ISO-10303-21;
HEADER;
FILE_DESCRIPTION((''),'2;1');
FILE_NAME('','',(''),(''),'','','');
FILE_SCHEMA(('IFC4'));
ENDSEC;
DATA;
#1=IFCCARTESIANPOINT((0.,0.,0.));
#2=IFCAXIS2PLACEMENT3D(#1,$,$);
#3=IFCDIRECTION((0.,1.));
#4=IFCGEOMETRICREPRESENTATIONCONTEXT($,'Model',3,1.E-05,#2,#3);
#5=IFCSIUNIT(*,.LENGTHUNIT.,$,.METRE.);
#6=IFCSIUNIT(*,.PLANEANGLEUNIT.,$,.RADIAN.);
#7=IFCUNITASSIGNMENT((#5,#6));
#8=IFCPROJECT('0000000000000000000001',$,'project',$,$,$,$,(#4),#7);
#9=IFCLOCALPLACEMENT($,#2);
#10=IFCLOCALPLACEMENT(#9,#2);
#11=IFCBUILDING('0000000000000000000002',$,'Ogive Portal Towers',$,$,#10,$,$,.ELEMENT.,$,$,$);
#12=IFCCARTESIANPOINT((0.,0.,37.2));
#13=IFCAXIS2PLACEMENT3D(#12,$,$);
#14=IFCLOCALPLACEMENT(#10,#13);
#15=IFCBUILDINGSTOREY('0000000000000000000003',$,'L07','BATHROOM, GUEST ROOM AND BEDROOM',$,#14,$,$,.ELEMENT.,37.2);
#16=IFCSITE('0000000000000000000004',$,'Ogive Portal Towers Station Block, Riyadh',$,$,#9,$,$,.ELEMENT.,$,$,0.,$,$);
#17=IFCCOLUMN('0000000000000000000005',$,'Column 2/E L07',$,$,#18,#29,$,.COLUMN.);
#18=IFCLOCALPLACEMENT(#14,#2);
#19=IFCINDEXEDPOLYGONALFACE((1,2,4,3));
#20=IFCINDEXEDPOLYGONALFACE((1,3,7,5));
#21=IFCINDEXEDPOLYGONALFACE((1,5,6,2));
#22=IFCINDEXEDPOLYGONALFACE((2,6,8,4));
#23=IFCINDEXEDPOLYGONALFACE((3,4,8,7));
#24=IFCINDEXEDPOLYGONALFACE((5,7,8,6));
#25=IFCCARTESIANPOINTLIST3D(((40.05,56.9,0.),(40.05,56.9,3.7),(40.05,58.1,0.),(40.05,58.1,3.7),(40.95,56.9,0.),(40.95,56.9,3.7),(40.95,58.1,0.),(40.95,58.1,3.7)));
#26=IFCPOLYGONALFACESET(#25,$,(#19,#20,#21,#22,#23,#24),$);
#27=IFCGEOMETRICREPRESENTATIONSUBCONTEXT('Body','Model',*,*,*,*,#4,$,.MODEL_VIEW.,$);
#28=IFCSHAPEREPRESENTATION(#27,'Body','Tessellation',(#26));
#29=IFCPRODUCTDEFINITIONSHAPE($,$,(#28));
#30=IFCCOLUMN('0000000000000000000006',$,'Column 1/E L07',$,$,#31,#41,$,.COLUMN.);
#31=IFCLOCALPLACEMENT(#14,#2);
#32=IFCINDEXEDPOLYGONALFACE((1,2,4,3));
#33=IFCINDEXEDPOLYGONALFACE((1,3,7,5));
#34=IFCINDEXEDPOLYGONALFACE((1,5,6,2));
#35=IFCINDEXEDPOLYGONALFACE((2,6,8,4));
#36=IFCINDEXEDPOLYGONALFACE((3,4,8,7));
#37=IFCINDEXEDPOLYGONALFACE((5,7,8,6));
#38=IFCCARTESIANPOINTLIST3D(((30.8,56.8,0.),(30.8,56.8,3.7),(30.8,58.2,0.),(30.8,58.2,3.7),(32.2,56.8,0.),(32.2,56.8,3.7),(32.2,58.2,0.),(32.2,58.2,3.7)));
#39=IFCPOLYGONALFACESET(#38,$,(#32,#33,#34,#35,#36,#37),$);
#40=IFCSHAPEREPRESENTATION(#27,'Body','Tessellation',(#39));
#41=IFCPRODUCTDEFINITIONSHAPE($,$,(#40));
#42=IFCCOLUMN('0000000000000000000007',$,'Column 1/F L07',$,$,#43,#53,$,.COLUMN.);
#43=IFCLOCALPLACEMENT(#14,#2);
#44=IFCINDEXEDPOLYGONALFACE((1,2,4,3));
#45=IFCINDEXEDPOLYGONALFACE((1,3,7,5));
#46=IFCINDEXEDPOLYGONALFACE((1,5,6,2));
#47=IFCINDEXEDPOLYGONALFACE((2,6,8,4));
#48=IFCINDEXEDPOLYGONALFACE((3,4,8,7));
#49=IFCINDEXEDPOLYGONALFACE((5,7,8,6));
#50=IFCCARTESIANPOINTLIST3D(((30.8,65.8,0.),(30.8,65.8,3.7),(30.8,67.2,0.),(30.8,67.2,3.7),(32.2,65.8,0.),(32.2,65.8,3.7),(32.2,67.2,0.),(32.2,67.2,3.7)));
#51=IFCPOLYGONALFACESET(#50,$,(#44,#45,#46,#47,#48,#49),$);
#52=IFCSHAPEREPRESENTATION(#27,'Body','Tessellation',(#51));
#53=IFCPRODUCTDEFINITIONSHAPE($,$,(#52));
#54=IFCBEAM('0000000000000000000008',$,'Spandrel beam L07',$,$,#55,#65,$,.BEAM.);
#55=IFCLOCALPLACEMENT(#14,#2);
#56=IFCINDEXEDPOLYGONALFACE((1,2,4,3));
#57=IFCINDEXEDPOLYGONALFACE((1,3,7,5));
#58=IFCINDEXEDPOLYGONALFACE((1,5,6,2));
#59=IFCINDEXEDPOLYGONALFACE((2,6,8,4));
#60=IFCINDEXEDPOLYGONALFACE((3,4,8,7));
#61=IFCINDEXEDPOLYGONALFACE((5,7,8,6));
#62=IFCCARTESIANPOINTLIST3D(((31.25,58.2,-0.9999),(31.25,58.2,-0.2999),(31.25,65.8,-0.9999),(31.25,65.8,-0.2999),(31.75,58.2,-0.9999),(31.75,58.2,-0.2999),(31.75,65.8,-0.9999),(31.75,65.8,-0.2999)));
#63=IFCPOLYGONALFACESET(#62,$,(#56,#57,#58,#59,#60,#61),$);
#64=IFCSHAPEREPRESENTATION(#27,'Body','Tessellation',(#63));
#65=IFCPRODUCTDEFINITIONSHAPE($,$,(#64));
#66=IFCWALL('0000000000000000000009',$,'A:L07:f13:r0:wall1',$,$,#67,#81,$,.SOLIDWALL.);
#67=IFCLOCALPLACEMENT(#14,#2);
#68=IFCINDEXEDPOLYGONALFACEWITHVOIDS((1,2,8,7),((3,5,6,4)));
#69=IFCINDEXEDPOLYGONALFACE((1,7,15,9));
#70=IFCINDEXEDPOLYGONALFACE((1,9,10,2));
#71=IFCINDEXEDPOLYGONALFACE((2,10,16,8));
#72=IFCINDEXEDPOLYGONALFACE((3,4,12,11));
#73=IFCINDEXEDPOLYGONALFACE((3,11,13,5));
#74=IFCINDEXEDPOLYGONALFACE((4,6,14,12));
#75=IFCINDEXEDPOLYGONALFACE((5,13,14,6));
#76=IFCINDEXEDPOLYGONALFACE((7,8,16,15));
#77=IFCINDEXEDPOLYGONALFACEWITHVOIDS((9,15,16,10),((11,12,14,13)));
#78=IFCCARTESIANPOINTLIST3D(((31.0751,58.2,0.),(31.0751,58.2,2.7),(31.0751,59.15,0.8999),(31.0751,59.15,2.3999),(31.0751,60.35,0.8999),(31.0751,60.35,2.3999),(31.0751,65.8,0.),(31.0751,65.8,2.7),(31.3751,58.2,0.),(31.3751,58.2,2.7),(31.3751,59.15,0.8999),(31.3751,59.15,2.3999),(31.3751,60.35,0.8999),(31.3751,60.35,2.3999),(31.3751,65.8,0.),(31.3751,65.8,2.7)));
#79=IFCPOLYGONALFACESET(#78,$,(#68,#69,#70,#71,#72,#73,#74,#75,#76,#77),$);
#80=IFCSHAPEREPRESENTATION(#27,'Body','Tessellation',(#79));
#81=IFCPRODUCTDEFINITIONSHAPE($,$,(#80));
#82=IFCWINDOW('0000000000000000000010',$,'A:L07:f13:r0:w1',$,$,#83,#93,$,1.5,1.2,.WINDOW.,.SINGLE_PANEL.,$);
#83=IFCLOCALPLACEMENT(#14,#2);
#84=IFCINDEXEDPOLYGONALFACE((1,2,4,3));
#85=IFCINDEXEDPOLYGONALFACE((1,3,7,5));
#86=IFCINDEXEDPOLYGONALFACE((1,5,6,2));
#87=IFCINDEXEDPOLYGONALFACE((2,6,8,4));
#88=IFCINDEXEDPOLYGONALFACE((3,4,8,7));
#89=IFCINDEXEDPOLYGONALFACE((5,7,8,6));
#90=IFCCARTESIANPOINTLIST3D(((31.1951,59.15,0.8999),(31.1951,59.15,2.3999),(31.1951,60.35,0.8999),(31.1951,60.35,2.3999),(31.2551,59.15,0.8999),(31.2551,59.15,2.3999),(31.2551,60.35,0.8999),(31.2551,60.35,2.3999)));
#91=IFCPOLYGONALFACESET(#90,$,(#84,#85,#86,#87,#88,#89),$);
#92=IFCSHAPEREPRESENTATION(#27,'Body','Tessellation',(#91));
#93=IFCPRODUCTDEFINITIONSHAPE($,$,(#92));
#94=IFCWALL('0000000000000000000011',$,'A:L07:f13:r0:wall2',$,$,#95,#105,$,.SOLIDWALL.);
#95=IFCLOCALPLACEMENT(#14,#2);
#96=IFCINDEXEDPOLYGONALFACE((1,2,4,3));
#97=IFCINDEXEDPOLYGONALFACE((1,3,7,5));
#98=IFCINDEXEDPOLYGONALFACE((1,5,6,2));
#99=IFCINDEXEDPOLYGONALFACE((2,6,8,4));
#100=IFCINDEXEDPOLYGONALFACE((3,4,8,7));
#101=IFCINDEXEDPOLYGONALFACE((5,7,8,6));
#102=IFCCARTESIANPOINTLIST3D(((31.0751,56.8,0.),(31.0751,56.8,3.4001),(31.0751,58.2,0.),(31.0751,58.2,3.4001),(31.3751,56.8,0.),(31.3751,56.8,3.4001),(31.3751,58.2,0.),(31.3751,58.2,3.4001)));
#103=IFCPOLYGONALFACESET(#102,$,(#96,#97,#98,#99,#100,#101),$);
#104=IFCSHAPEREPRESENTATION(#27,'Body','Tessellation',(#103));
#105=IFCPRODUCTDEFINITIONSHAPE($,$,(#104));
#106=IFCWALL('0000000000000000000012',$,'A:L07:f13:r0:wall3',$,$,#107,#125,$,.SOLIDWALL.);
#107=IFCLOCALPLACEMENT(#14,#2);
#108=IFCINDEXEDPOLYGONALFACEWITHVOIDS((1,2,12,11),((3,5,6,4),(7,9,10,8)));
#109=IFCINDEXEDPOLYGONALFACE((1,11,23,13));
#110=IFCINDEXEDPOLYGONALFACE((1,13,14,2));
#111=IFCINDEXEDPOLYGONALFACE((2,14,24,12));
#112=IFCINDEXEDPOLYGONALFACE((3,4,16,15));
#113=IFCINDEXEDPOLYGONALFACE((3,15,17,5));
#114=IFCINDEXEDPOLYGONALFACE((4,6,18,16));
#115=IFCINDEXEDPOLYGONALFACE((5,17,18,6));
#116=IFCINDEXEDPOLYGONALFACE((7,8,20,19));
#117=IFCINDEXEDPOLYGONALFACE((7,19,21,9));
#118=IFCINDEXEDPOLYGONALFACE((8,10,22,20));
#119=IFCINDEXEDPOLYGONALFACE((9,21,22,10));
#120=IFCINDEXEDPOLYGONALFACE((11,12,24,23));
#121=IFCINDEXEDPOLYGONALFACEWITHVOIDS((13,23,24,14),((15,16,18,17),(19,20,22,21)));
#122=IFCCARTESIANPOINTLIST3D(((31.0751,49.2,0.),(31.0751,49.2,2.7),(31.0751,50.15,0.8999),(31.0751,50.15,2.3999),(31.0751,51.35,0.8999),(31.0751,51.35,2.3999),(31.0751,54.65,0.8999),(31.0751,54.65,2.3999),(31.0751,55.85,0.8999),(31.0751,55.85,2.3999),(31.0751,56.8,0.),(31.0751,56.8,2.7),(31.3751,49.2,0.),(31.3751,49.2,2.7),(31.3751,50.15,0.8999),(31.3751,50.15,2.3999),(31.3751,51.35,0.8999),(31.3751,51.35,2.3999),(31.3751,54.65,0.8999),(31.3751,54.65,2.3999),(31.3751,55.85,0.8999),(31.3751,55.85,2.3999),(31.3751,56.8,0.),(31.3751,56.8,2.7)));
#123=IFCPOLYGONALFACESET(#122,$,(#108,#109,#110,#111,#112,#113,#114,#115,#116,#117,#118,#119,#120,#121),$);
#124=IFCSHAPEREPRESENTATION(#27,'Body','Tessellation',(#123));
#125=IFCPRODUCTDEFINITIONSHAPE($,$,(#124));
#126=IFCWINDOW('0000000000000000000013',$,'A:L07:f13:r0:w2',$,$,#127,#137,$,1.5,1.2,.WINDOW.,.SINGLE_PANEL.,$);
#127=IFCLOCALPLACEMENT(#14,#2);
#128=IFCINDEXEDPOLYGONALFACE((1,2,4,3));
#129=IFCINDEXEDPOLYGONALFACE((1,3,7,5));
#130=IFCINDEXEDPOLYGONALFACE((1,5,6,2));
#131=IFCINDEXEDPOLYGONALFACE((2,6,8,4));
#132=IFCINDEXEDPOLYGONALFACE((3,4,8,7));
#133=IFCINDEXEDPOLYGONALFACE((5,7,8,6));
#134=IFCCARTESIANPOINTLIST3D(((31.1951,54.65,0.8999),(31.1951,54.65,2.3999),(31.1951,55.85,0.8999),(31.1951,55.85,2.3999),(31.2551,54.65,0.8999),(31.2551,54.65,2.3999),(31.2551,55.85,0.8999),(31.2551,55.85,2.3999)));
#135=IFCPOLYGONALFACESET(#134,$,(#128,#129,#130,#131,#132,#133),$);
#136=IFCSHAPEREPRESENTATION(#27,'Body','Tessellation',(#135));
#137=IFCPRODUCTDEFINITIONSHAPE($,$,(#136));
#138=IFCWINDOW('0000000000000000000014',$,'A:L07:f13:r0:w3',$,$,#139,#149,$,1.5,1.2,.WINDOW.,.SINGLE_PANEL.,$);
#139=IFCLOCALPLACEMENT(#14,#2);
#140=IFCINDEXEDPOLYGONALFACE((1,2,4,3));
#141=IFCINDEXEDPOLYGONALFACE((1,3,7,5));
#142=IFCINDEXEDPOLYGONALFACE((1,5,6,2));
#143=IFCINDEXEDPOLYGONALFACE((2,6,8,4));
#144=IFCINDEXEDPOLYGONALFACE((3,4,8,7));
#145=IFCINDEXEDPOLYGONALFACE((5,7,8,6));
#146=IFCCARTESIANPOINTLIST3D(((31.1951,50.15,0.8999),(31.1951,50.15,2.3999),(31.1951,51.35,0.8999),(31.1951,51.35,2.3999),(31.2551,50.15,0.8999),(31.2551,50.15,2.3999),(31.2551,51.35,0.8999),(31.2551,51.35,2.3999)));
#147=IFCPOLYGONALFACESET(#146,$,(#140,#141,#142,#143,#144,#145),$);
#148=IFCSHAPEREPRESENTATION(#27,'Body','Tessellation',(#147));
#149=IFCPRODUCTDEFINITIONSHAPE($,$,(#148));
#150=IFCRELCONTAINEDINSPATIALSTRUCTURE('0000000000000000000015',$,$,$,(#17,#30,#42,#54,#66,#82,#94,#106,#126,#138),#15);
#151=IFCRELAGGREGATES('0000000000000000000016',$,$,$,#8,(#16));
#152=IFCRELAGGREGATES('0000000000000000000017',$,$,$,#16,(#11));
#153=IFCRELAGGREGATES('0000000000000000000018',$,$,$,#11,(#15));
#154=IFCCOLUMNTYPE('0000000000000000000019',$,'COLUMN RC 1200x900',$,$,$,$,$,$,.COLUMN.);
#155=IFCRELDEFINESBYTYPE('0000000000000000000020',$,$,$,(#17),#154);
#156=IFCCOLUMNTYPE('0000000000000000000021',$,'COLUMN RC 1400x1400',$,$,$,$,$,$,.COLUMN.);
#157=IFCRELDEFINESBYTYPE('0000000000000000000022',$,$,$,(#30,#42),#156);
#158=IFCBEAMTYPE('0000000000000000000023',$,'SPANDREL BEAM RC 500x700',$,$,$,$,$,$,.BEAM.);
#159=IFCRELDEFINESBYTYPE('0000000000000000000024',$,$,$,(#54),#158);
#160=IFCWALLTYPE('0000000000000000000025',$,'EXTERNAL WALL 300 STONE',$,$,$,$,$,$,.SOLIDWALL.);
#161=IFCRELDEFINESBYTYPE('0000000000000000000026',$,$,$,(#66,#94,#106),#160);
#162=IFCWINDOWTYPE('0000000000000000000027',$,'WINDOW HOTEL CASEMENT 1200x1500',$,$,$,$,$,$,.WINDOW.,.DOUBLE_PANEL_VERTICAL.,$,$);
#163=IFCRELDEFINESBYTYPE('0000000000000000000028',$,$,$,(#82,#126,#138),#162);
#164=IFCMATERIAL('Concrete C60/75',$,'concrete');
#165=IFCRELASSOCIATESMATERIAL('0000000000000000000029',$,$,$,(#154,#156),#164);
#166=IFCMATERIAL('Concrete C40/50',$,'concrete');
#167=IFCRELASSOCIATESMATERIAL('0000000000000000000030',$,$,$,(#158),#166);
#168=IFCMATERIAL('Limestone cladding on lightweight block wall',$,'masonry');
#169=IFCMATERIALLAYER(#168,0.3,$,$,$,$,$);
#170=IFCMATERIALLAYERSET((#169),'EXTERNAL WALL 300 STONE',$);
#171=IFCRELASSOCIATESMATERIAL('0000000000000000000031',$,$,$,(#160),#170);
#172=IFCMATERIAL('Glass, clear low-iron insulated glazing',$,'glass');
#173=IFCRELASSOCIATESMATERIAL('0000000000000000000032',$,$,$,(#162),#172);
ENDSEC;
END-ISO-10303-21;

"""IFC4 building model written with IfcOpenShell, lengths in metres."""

from ifc_helpers import new_model, si_unit, direction, frame, frame_2d, origin, origin_2d, place, context, subcontext, project, spatial, rectangle, extrude, material, layer, layer_set, material_profile, profile_set, type_object, element, fill, save


model = new_model("IFC4")

# Units and contexts
model_context = context("Model", 3, precision=1e-05, world=origin(), true_north=direction((0.0, 1.0)))
body_context = subcontext(model_context, "Body", "Model", "MODEL_VIEW")
ifc_project = project(units=[si_unit("LENGTHUNIT", "METRE"), si_unit("PLANEANGLEUNIT", "RADIAN")], contexts=[model_context])

# Site, building, storey
site_placement = place(None, origin())
site = spatial("IfcSite", under=ifc_project, at=site_placement, Name="Ogive Portal Towers Station Block, Riyadh", CompositionType="ELEMENT", RefElevation=0.0)
building_placement = place(site_placement, origin())
building = spatial("IfcBuilding", under=site, at=building_placement, Name="Ogive Portal Towers", CompositionType="ELEMENT")
storey_placement = place(building_placement, frame((0.0, 0.0, 37.2)))
storey = spatial("IfcBuildingStorey", under=building, at=storey_placement, Name="L07", Description="BATHROOM, GUEST ROOM AND BEDROOM", CompositionType="ELEMENT", Elevation=37.2)

# Columns
ifc_material_1 = material(Name="Concrete C60/75", Category="concrete")
ifc_material_profile_1 = material_profile(ifc_material_1, rectangle(XDim=1.2, YDim=0.8999, at=origin_2d()), Name="RC 1200x900")
ifc_profile_set_1 = profile_set([ifc_material_profile_1], Name="Concrete C60/75")
column_type_1 = type_object("IfcColumnType", Name="COLUMN RC 1200x900", PredefinedType="COLUMN", material=ifc_profile_set_1)
column_placement = place(storey_placement, frame((40.5, 57.5, 0.0), z_axis=(0.0, 0.0, 1.0), x_axis=(0.0, 1.0, 0.0)))
element("IfcColumn", 1, at=column_placement, inside=storey, type_object=column_type_1, Name="Column 2/E L07", PredefinedType="COLUMN", context=body_context, shape_type="SweptSolid", body=[
    extrude(rectangle(XDim=1.2, YDim=0.8999, at=origin_2d()), origin(), (0.0, 0.0, 1.0), 3.7),
])
ifc_material_profile_2 = material_profile(ifc_material_1, rectangle(XDim=1.3999, YDim=1.3999, at=origin_2d()), Name="RC 1400x1400")
ifc_profile_set_2 = profile_set([ifc_material_profile_2], Name="Concrete C60/75")
column_type_2 = type_object("IfcColumnType", Name="COLUMN RC 1400x1400", PredefinedType="COLUMN", material=ifc_profile_set_2)
for number, where, z_axis, x_axis, name in (
    (2, (31.5, 57.5, 0.0), (0.0, 0.0, 1.0), (1.0, 0.0, 0.0), "Column 1/E L07"),
    (3, (31.5, 66.5, 0.0), (0.0, 0.0, 1.0), (1.0, 0.0, 0.0), "Column 1/F L07"),
):
    element("IfcColumn", number, at=place(storey_placement, frame(where, z_axis=z_axis, x_axis=x_axis)), inside=storey, type_object=column_type_2, Name=name, PredefinedType="COLUMN", context=body_context, shape_type="SweptSolid", body=[
        extrude(rectangle(XDim=1.3999, YDim=1.3999, at=origin_2d()), origin(), (0.0, 0.0, 1.0), 3.7),
    ])

# Beam
ifc_material_2 = material(Name="Concrete C40/50", Category="concrete")
ifc_material_profile_3 = material_profile(ifc_material_2, rectangle(XDim=0.5, YDim=0.7, at=origin_2d()), Name="RC 500x700")
ifc_profile_set_3 = profile_set([ifc_material_profile_3], Name="Concrete C40/50")
beam_type = type_object("IfcBeamType", Name="SPANDREL BEAM RC 500x700", PredefinedType="BEAM", material=ifc_profile_set_3)
beam_placement = place(storey_placement, frame((31.5, 58.2, -0.6499), z_axis=(0.0, 1.0, 0.0), x_axis=(-1.0, 0.0, 0.0)))
element("IfcBeam", 4, at=beam_placement, inside=storey, type_object=beam_type, Name="Spandrel beam L07", PredefinedType="BEAM", context=body_context, shape_type="SweptSolid", body=[
    extrude(rectangle(XDim=0.5, YDim=0.7, at=origin_2d()), origin(), (0.0, 0.0, 1.0), 7.6001),
])

# Wall, opening, window
ifc_material_3 = material(Name="Limestone cladding on lightweight block wall", Category="masonry")
ifc_layer_1 = layer(ifc_material_3, 0.3)
ifc_layer_set_1 = layer_set([ifc_layer_1], Name="EXTERNAL WALL 300 STONE")
wall_type_1 = type_object("IfcWallType", Name="EXTERNAL WALL 300 STONE", PredefinedType="SOLIDWALL", material=ifc_layer_set_1)
wall_1_placement = place(storey_placement, frame((31.2251, 65.8, 0.0), z_axis=(0.0, 0.0, 1.0), x_axis=(0.0, -1.0, 0.0)))
wall_1 = element("IfcWall", 5, at=wall_1_placement, inside=storey, type_object=wall_type_1, Name="A:L07:f13:r0:wall1", PredefinedType="SOLIDWALL", context=body_context, shape_type="SweptSolid", body=[
    extrude(rectangle(XDim=7.6001, YDim=0.3, at=frame_2d((3.8, 0.0))), origin(), (0.0, 0.0, 1.0), 2.7),
])
opening_1_placement = place(wall_1_placement, frame((5.45, 0.0, 0.8999)))
opening_1 = element("IfcOpeningElement", 6, at=opening_1_placement, cuts=wall_1, PredefinedType="OPENING", context=body_context, shape_type="SweptSolid", body=[
    extrude(rectangle(XDim=1.2, YDim=1.5, at=frame_2d((0.6001, 0.75))), frame((0.0, 0.1602, 0.0), z_axis=(0.0, -1.0, 0.0), x_axis=(1.0, 0.0, 0.0)), (0.0, 0.0, 1.0), 0.3201),
])
ifc_material_4 = material(Name="Glass, clear low-iron insulated glazing", Category="glass")
window_type = type_object("IfcWindowType", Name="WINDOW HOTEL CASEMENT 1200x1500", PartitioningType="DOUBLE_PANEL_VERTICAL", PredefinedType="WINDOW", material=ifc_material_4)
window_1_placement = place(opening_1_placement, origin())
window_1 = element("IfcWindow", 7, at=window_1_placement, inside=storey, type_object=window_type, Name="A:L07:f13:r0:w1", OverallHeight=1.5, OverallWidth=1.2, PartitioningType="SINGLE_PANEL", PredefinedType="WINDOW", context=body_context, shape_type="SweptSolid", body=[
    extrude(rectangle(XDim=1.2, YDim=1.5, at=frame_2d((0.6001, 0.75))), frame((0.0, 0.03, 0.0), z_axis=(0.0, -1.0, 0.0), x_axis=(1.0, 0.0, 0.0)), (0.0, 0.0, 1.0), 0.0601),
])
fill(opening_1, window_1)

# Wall
wall_2_placement = place(storey_placement, frame((31.2251, 58.2, 0.0), z_axis=(0.0, 0.0, 1.0), x_axis=(0.0, -1.0, 0.0)))
element("IfcWall", 8, at=wall_2_placement, inside=storey, type_object=wall_type_1, Name="A:L07:f13:r0:wall2", PredefinedType="SOLIDWALL", context=body_context, shape_type="SweptSolid", body=[
    extrude(rectangle(XDim=1.3999, YDim=0.3, at=frame_2d((0.7, 0.0))), origin(), (0.0, 0.0, 1.0), 3.4001),
])

# Wall, openings, windows
wall_3_placement = place(storey_placement, frame((31.2251, 56.8, 0.0), z_axis=(0.0, 0.0, 1.0), x_axis=(0.0, -1.0, 0.0)))
wall_3 = element("IfcWall", 9, at=wall_3_placement, inside=storey, type_object=wall_type_1, Name="A:L07:f13:r0:wall3", PredefinedType="SOLIDWALL", context=body_context, shape_type="SweptSolid", body=[
    extrude(rectangle(XDim=7.6001, YDim=0.3, at=frame_2d((3.8, 0.0))), origin(), (0.0, 0.0, 1.0), 2.7),
])
opening_2_placement = place(wall_3_placement, frame((0.95, 0.0, 0.8999)))
opening_2 = element("IfcOpeningElement", 10, at=opening_2_placement, cuts=wall_3, PredefinedType="OPENING", context=body_context, shape_type="SweptSolid", body=[
    extrude(rectangle(XDim=1.2, YDim=1.5, at=frame_2d((0.6001, 0.75))), frame((0.0, 0.1602, 0.0), z_axis=(0.0, -1.0, 0.0), x_axis=(1.0, 0.0, 0.0)), (0.0, 0.0, 1.0), 0.3201),
])
opening_3_placement = place(wall_3_placement, frame((5.45, 0.0, 0.8999)))
opening_3 = element("IfcOpeningElement", 11, at=opening_3_placement, cuts=wall_3, PredefinedType="OPENING", context=body_context, shape_type="SweptSolid", body=[
    extrude(rectangle(XDim=1.2, YDim=1.5, at=frame_2d((0.6001, 0.75))), frame((0.0, 0.1602, 0.0), z_axis=(0.0, -1.0, 0.0), x_axis=(1.0, 0.0, 0.0)), (0.0, 0.0, 1.0), 0.3201),
])
window_2_placement = place(opening_2_placement, origin())
window_2 = element("IfcWindow", 12, at=window_2_placement, inside=storey, type_object=window_type, Name="A:L07:f13:r0:w2", OverallHeight=1.5, OverallWidth=1.2, PartitioningType="SINGLE_PANEL", PredefinedType="WINDOW", context=body_context, shape_type="SweptSolid", body=[
    extrude(rectangle(XDim=1.2, YDim=1.5, at=frame_2d((0.6001, 0.75))), frame((0.0, 0.03, 0.0), z_axis=(0.0, -1.0, 0.0), x_axis=(1.0, 0.0, 0.0)), (0.0, 0.0, 1.0), 0.0601),
])
fill(opening_2, window_2)
window_3_placement = place(opening_3_placement, origin())
window_3 = element("IfcWindow", 13, at=window_3_placement, inside=storey, type_object=window_type, Name="A:L07:f13:r0:w3", OverallHeight=1.5, OverallWidth=1.2, PartitioningType="SINGLE_PANEL", PredefinedType="WINDOW", context=body_context, shape_type="SweptSolid", body=[
    extrude(rectangle(XDim=1.2, YDim=1.5, at=frame_2d((0.6001, 0.75))), frame((0.0, 0.03, 0.0), z_axis=(0.0, -1.0, 0.0), x_axis=(1.0, 0.0, 0.0)), (0.0, 0.0, 1.0), 0.0601),
])
fill(opening_3, window_3)

save(model, "model.ifc")
